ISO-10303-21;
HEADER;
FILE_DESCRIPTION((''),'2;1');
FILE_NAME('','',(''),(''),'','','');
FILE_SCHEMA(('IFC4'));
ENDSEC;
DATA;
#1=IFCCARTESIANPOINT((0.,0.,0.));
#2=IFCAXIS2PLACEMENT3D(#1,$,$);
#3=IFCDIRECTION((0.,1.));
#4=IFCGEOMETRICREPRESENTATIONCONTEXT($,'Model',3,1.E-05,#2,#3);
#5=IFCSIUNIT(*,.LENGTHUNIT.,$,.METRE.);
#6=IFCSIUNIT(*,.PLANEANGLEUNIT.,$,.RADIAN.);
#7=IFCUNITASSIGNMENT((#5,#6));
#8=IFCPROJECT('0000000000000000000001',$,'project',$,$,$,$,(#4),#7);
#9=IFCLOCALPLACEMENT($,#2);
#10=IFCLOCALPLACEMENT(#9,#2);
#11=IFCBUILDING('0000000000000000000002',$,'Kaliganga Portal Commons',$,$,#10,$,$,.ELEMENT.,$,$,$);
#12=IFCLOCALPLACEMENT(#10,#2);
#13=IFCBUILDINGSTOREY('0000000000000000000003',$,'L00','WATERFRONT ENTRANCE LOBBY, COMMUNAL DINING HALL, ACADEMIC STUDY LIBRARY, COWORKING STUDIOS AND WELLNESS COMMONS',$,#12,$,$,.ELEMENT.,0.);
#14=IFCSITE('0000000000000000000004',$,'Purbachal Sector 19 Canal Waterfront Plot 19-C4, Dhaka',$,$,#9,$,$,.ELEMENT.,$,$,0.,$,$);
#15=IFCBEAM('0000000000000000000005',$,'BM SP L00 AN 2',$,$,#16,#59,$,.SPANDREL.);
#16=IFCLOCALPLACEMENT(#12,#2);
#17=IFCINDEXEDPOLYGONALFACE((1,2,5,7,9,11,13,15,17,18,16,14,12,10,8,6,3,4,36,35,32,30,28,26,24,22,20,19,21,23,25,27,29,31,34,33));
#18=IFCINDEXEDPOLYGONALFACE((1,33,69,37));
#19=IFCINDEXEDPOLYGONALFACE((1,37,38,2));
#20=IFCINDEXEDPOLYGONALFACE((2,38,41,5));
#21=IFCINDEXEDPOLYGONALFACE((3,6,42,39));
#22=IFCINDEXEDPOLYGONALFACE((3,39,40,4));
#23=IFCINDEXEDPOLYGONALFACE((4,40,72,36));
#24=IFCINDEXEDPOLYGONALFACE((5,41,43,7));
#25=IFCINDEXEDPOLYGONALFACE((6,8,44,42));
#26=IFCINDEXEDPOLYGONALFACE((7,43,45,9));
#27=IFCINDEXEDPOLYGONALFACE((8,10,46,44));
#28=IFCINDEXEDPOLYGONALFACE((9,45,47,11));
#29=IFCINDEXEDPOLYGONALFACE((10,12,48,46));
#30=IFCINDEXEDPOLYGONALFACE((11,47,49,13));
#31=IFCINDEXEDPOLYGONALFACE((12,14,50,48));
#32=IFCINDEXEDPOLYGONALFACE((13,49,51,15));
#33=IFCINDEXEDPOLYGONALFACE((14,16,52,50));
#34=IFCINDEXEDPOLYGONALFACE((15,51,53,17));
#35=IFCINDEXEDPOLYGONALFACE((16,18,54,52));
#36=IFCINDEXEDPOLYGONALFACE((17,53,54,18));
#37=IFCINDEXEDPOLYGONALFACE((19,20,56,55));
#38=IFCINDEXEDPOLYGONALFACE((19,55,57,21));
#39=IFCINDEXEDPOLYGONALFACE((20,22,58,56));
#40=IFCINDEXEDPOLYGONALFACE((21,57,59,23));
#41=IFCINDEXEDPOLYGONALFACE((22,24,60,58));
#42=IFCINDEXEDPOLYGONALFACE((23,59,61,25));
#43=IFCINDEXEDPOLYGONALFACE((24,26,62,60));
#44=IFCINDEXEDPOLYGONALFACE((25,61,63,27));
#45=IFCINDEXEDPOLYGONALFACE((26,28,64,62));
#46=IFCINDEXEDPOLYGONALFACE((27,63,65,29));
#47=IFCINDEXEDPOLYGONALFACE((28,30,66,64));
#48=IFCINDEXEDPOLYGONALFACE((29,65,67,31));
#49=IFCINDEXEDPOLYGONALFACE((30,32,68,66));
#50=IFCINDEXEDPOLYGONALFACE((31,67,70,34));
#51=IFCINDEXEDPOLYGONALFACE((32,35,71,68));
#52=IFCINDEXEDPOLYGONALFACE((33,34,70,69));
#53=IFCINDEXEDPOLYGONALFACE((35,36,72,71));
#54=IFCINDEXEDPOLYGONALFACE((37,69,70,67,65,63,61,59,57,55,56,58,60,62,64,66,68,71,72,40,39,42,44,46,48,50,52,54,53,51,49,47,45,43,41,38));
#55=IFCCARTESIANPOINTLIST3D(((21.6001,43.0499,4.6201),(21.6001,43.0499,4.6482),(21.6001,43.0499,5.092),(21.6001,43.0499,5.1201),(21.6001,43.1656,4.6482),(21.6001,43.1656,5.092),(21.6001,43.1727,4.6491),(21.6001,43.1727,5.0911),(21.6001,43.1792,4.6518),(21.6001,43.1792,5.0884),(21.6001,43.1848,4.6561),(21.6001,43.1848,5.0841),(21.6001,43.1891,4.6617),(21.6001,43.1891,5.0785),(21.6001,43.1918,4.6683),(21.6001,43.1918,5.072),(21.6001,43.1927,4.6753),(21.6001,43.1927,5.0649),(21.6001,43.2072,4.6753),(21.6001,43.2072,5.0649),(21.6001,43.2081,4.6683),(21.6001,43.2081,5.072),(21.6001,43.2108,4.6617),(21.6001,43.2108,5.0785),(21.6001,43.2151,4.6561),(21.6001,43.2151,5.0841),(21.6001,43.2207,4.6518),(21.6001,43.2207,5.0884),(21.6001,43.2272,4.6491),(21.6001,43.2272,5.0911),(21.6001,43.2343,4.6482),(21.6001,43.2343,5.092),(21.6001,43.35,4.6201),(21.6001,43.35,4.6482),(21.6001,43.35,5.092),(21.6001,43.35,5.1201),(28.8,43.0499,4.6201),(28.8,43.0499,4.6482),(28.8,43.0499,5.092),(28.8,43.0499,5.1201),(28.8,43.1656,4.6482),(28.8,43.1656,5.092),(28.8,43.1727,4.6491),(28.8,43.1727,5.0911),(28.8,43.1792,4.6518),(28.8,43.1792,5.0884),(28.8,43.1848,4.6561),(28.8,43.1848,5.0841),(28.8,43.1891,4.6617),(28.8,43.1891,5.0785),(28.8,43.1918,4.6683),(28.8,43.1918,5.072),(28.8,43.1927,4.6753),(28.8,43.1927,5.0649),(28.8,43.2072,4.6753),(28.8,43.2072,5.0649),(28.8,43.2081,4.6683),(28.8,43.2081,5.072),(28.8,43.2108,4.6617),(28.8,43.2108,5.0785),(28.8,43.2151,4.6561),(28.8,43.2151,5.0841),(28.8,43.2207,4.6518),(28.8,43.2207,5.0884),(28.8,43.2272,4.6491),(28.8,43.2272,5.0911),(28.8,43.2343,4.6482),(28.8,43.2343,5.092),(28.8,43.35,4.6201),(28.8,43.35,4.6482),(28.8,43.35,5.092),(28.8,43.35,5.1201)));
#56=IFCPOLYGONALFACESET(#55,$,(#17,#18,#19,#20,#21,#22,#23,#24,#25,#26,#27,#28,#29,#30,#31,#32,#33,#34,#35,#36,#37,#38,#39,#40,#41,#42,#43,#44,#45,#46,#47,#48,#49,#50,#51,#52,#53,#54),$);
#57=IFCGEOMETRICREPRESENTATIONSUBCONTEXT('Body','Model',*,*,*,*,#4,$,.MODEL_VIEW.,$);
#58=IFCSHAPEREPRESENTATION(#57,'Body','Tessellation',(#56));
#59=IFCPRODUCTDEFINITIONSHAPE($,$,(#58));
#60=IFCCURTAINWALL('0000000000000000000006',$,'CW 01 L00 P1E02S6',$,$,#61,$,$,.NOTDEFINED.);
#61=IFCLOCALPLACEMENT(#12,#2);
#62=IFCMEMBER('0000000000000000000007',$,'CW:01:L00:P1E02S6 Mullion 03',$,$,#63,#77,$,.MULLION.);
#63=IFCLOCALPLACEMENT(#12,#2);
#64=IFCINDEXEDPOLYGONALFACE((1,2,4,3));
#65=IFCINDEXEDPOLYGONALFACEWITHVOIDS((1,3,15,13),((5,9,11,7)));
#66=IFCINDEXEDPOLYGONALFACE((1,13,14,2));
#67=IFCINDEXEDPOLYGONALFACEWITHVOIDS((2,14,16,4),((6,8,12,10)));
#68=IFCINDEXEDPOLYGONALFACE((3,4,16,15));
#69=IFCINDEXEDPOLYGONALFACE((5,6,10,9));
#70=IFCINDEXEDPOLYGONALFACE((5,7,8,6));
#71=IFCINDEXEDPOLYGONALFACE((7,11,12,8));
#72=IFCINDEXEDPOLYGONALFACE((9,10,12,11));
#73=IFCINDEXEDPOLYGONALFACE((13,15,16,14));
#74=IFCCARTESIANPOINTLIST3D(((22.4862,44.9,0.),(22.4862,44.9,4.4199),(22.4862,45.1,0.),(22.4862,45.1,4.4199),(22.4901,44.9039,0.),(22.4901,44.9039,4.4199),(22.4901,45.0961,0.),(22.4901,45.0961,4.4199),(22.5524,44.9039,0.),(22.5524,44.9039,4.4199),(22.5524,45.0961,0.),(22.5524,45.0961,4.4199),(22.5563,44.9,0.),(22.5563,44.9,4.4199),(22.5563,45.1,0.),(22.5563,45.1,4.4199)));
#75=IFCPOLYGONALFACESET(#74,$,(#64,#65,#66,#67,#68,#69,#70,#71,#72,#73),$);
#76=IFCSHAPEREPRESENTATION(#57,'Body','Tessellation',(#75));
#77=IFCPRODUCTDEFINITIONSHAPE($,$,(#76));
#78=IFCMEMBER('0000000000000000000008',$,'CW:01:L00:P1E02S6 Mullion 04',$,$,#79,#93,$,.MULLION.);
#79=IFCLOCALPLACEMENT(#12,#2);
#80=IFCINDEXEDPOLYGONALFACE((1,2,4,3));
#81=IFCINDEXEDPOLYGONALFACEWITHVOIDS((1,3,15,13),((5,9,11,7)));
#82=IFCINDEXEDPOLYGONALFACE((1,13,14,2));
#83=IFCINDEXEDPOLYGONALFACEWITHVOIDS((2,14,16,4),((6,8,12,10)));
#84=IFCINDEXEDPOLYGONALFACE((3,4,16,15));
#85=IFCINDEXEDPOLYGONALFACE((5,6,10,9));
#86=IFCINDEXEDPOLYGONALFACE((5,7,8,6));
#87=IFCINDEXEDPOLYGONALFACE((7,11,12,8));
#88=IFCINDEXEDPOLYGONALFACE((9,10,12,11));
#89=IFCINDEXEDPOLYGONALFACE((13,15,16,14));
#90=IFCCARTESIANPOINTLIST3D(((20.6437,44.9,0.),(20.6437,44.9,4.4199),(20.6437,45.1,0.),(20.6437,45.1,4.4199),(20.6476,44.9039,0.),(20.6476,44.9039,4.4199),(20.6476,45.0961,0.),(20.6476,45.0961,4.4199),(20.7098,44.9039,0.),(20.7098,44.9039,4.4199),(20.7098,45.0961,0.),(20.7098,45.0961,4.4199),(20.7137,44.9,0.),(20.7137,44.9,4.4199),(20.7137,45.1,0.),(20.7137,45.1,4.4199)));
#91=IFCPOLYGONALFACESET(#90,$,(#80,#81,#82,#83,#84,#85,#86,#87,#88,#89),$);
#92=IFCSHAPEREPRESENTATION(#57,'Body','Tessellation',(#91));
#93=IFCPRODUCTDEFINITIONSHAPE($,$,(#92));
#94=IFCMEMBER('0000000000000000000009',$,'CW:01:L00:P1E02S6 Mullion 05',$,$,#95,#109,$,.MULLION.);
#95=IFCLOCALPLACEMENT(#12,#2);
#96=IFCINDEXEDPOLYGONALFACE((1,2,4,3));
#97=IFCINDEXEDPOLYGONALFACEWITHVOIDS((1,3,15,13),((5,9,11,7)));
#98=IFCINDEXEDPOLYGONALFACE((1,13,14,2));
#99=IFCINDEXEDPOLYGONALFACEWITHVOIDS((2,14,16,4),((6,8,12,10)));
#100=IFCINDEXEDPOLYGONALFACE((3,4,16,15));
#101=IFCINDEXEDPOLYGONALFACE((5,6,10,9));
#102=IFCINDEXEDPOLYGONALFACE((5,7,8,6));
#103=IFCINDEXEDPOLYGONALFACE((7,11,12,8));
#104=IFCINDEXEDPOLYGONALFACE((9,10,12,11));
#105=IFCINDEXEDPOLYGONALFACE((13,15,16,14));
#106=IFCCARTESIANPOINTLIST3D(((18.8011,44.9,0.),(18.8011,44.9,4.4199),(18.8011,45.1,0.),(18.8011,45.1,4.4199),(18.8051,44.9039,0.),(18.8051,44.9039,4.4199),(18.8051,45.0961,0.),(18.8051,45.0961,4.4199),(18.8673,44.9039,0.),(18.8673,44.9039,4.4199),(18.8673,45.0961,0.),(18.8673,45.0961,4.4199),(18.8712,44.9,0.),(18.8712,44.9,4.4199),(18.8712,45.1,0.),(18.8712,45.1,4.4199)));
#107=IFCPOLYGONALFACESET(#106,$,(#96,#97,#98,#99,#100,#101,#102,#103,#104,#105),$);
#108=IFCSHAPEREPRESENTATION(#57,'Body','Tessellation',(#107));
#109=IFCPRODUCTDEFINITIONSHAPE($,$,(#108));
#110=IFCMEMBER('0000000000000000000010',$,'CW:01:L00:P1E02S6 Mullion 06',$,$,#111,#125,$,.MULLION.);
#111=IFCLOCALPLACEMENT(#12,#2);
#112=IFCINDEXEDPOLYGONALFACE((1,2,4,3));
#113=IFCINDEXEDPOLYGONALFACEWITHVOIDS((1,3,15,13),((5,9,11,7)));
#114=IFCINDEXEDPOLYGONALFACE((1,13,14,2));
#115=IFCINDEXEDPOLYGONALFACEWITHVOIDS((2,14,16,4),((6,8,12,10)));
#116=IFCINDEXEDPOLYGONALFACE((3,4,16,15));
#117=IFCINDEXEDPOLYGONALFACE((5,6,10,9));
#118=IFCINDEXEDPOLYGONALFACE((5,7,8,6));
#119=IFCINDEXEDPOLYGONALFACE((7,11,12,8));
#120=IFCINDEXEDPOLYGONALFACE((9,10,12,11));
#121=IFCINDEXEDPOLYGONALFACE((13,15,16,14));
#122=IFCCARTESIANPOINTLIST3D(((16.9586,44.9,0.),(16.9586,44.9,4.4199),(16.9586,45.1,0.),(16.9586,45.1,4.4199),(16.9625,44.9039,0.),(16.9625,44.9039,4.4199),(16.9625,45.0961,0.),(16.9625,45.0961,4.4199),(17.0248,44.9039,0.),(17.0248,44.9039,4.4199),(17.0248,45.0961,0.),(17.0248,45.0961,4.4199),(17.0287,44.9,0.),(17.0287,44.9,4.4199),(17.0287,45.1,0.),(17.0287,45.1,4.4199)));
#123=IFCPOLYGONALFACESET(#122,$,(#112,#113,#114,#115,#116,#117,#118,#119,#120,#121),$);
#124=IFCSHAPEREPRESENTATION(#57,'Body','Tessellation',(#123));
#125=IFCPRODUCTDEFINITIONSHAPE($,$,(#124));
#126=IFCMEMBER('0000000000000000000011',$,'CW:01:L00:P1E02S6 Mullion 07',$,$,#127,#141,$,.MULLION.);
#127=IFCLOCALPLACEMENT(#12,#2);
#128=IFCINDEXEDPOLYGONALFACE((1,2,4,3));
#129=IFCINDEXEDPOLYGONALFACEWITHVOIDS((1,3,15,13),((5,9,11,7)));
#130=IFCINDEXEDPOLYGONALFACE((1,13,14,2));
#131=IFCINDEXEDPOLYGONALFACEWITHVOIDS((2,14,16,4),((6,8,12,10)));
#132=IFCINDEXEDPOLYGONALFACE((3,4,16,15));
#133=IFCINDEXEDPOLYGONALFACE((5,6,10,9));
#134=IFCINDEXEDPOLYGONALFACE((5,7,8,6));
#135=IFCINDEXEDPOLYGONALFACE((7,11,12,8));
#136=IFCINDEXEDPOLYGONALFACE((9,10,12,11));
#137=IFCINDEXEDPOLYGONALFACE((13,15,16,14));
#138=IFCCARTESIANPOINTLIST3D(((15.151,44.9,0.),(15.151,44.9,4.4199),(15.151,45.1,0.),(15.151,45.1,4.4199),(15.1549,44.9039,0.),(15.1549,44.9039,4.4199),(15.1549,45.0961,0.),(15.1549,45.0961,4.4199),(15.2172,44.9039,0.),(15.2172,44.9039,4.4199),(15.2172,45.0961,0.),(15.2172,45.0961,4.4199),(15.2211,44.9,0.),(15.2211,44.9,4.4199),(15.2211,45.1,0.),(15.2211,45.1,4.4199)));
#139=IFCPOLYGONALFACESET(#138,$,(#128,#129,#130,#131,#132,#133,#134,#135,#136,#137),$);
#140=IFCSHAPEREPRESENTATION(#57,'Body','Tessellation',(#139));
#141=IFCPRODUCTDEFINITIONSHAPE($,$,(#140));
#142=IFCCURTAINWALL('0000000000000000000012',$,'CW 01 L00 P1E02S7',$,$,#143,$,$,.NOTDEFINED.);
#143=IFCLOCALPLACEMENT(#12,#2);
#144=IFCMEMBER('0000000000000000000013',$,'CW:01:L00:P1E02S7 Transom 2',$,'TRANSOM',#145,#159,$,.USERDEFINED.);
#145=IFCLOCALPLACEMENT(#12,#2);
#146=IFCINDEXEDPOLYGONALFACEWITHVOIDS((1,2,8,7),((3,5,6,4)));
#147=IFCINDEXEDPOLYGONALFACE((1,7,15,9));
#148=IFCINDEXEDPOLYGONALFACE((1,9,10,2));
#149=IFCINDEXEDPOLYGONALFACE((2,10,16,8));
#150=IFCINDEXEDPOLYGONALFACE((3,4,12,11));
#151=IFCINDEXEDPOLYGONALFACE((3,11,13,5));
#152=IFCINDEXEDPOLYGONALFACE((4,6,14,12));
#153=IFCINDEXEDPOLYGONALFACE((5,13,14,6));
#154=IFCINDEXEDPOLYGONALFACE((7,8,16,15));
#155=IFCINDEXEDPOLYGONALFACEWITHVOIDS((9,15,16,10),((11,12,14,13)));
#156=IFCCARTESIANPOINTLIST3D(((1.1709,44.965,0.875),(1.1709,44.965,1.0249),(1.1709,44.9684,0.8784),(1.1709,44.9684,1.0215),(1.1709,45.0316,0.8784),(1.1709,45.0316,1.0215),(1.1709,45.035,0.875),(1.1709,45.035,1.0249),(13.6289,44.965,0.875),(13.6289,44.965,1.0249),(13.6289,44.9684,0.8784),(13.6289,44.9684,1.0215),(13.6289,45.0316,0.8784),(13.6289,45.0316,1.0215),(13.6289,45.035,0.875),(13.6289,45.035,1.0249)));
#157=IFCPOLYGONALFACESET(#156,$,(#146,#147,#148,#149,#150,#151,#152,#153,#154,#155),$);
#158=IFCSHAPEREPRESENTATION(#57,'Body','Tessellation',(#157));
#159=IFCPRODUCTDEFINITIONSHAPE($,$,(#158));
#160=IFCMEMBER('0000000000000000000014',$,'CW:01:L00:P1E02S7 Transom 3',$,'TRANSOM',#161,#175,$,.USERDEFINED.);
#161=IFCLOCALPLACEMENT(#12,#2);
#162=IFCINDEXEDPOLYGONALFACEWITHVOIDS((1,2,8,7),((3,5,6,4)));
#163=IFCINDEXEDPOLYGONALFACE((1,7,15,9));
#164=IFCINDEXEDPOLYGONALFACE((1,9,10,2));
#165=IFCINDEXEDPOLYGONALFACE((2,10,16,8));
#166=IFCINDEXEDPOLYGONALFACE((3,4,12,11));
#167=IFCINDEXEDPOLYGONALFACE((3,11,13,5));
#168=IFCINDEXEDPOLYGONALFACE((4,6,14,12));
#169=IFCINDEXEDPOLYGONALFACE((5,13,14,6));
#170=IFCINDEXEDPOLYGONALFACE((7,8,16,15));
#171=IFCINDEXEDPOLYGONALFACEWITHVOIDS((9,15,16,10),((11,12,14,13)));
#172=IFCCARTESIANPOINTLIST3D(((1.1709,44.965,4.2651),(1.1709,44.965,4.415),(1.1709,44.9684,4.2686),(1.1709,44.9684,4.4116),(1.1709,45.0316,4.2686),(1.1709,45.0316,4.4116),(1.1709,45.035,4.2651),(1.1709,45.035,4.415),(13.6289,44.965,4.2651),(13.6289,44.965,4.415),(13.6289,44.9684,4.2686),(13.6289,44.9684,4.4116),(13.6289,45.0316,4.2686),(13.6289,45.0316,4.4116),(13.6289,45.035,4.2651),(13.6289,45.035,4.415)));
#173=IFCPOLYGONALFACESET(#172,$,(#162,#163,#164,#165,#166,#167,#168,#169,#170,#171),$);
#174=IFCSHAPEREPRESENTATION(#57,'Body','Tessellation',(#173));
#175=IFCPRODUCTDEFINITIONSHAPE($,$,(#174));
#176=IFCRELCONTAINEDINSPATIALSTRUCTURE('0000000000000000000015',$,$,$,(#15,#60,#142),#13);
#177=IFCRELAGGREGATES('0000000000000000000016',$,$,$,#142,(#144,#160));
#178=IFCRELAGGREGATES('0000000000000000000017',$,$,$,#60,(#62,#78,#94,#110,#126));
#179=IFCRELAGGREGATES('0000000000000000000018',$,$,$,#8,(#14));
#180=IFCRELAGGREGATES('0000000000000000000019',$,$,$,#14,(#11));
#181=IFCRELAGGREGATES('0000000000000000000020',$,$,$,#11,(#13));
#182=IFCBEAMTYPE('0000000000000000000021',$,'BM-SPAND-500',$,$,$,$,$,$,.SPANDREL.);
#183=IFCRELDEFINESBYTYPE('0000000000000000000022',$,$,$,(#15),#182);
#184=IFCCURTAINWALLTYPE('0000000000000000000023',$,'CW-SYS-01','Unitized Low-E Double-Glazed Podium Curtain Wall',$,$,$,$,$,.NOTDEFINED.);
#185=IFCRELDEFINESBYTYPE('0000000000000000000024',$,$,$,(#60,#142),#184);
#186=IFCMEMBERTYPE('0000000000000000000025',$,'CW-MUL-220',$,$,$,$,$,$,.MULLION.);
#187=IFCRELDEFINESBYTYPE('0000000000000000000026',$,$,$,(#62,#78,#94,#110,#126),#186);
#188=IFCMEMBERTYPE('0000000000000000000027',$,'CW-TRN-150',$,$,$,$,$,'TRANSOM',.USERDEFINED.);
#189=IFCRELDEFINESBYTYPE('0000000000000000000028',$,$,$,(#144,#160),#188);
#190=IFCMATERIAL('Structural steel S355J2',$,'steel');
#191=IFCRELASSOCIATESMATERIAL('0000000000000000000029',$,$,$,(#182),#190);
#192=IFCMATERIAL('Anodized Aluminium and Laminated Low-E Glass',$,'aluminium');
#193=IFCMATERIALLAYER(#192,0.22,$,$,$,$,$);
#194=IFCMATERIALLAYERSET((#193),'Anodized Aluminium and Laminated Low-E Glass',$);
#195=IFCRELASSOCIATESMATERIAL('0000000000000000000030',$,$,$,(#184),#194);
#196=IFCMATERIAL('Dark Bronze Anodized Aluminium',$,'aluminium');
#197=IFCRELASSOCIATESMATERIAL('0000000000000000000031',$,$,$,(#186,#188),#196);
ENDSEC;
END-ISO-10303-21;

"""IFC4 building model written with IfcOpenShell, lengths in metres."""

from ifc_helpers import new_model, si_unit, direction, frame, origin, origin_2d, place, context, subcontext, project, spatial, hollow_rectangle, i_section, extrude, source, transform, mapped, material, layer, layer_set, material_profile, profile_set, type_object, element, aggregate, save


model = new_model("IFC4")

# Units and contexts
model_context = context("Model", 3, precision=1e-05, world=origin(), true_north=direction((0.0, 1.0)))
body_context = subcontext(model_context, "Body", "Model", "MODEL_VIEW")
ifc_project = project(units=[si_unit("LENGTHUNIT", "METRE"), si_unit("PLANEANGLEUNIT", "RADIAN")], contexts=[model_context])

# Site, building, storey
site_placement = place(None, origin())
site = spatial("IfcSite", under=ifc_project, at=site_placement, Name="Purbachal Sector 19 Canal Waterfront Plot 19-C4, Dhaka", CompositionType="ELEMENT", RefElevation=0.0)
building_placement = place(site_placement, origin())
building = spatial("IfcBuilding", under=site, at=building_placement, Name="Kaliganga Portal Commons", CompositionType="ELEMENT")
storey_placement = place(building_placement, origin())
storey = spatial("IfcBuildingStorey", under=building, at=storey_placement, Name="L00", Description="WATERFRONT ENTRANCE LOBBY, COMMUNAL DINING HALL, ACADEMIC STUDY LIBRARY, COWORKING STUDIOS AND WELLNESS COMMONS", CompositionType="ELEMENT", Elevation=0.0)

# Beam
ifc_material_1 = material(Name="Structural steel S355J2", Category="steel")
ifc_material_profile_1 = material_profile(ifc_material_1, i_section(OverallWidth=0.3, OverallDepth=0.5, WebThickness=0.0144, FlangeThickness=0.0281, FilletRadius=0.0271, at=origin_2d()), Name="HE 500 B")
ifc_profile_set_1 = profile_set([ifc_material_profile_1], Name="Structural steel S355J2 wide-flange")
beam_type_1 = type_object("IfcBeamType", Name="BM-SPAND-500", PredefinedType="SPANDREL", material=ifc_profile_set_1)
shared_shape_1 = source(origin(), body_context, "Body", "SweptSolid", [
    extrude(i_section(OverallWidth=0.3, OverallDepth=0.5, WebThickness=0.0144, FlangeThickness=0.0281, FilletRadius=0.0271, at=origin_2d()), origin(), (0.0, 0.0, 1.0), 7.2),
])
beam_1_placement = place(storey_placement, frame((21.6001, 43.2, 4.8701), z_axis=(1.0, 0.0, 0.0), x_axis=(0.0, 1.0, 0.0)))
element("IfcBeam", 1, at=beam_1_placement, inside=storey, type_object=beam_type_1, Name="BM SP L00 AN 2", PredefinedType="SPANDREL", context=body_context, shape_type="MappedRepresentation", body=[
    mapped(shared_shape_1, transform((0.0, 0.0, 0.0), x_axis=(1.0, 0.0, 0.0), y_axis=(0.0, 1.0, 0.0), z_axis=(0.0, 0.0, 1.0), scale=1.0)),
])

# Curtain walls, members
ifc_material_2 = material(Name="Anodized Aluminium and Laminated Low-E Glass", Category="aluminium")
ifc_layer_1 = layer(ifc_material_2, 0.22)
ifc_layer_set_1 = layer_set([ifc_layer_1], Name="Anodized Aluminium and Laminated Low-E Glass")
curtain_wall_type = type_object("IfcCurtainWallType", Name="CW-SYS-01", Description="Unitized Low-E Double-Glazed Podium Curtain Wall", PredefinedType="NOTDEFINED", material=ifc_layer_set_1)
curtain_wall_1_placement = place(storey_placement, origin())
curtain_wall_1 = element("IfcCurtainWall", 2, at=curtain_wall_1_placement, inside=storey, type_object=curtain_wall_type, Name="CW 01 L00 P1E02S6", PredefinedType="NOTDEFINED")
ifc_material_3 = material(Name="Dark Bronze Anodized Aluminium", Category="aluminium")
ifc_material_profile_2 = material_profile(ifc_material_3, hollow_rectangle(XDim=0.0701, YDim=0.2, WallThickness=0.0039, at=origin_2d()), Name="ALU MULL 70x200x4")
ifc_profile_set_2 = profile_set([ifc_material_profile_2], Name="Dark Bronze Anodized Aluminium")
member_type_1 = type_object("IfcMemberType", Name="CW-MUL-220", PredefinedType="MULLION", material=ifc_profile_set_2)
shared_shape_2 = source(origin(), body_context, "Body", "SweptSolid", [
    extrude(hollow_rectangle(XDim=0.0701, YDim=0.2, WallThickness=0.0039, at=origin_2d()), origin(), (0.0, 0.0, 1.0), 4.4199),
])
member_1_placement = place(storey_placement, frame((22.5212, 45.0, 0.0), z_axis=(0.0, 0.0, 1.0), x_axis=(-1.0, 0.0, 0.0)))
member_1 = element("IfcMember", 3, at=member_1_placement, type_object=member_type_1, Name="CW:01:L00:P1E02S6 Mullion 03", PredefinedType="MULLION", context=body_context, shape_type="MappedRepresentation", body=[
    mapped(shared_shape_2, transform((0.0, 0.0, 0.0), x_axis=(1.0, 0.0, 0.0), y_axis=(0.0, 1.0, 0.0), z_axis=(0.0, 0.0, 1.0), scale=1.0)),
])
member_2_placement = place(storey_placement, frame((20.6787, 45.0, 0.0), z_axis=(0.0, 0.0, 1.0), x_axis=(-1.0, 0.0, 0.0)))
member_2 = element("IfcMember", 4, at=member_2_placement, type_object=member_type_1, Name="CW:01:L00:P1E02S6 Mullion 04", PredefinedType="MULLION", context=body_context, shape_type="MappedRepresentation", body=[
    mapped(shared_shape_2, transform((0.0, 0.0, 0.0), x_axis=(1.0, 0.0, 0.0), y_axis=(0.0, 1.0, 0.0), z_axis=(0.0, 0.0, 1.0), scale=1.0)),
])
member_3_placement = place(storey_placement, frame((18.8362, 45.0, 0.0), z_axis=(0.0, 0.0, 1.0), x_axis=(-1.0, 0.0, 0.0)))
member_3 = element("IfcMember", 5, at=member_3_placement, type_object=member_type_1, Name="CW:01:L00:P1E02S6 Mullion 05", PredefinedType="MULLION", context=body_context, shape_type="MappedRepresentation", body=[
    mapped(shared_shape_2, transform((0.0, 0.0, 0.0), x_axis=(1.0, 0.0, 0.0), y_axis=(0.0, 1.0, 0.0), z_axis=(0.0, 0.0, 1.0), scale=1.0)),
])
member_4_placement = place(storey_placement, frame((16.9937, 45.0, 0.0), z_axis=(0.0, 0.0, 1.0), x_axis=(-1.0, 0.0, 0.0)))
member_4 = element("IfcMember", 6, at=member_4_placement, type_object=member_type_1, Name="CW:01:L00:P1E02S6 Mullion 06", PredefinedType="MULLION", context=body_context, shape_type="MappedRepresentation", body=[
    mapped(shared_shape_2, transform((0.0, 0.0, 0.0), x_axis=(1.0, 0.0, 0.0), y_axis=(0.0, 1.0, 0.0), z_axis=(0.0, 0.0, 1.0), scale=1.0)),
])
member_5_placement = place(storey_placement, frame((15.186, 45.0, 0.0), z_axis=(0.0, 0.0, 1.0), x_axis=(-1.0, 0.0, 0.0)))
member_5 = element("IfcMember", 7, at=member_5_placement, type_object=member_type_1, Name="CW:01:L00:P1E02S6 Mullion 07", PredefinedType="MULLION", context=body_context, shape_type="MappedRepresentation", body=[
    mapped(shared_shape_2, transform((0.0, 0.0, 0.0), x_axis=(1.0, 0.0, 0.0), y_axis=(0.0, 1.0, 0.0), z_axis=(0.0, 0.0, 1.0), scale=1.0)),
])
curtain_wall_2_placement = place(storey_placement, origin())
curtain_wall_2 = element("IfcCurtainWall", 8, at=curtain_wall_2_placement, inside=storey, type_object=curtain_wall_type, Name="CW 01 L00 P1E02S7", PredefinedType="NOTDEFINED")
ifc_material_profile_3 = material_profile(ifc_material_3, hollow_rectangle(XDim=0.0701, YDim=0.1499, WallThickness=0.0034, at=origin_2d()), Name="ALU TRAN 70x150x3.5")
ifc_profile_set_3 = profile_set([ifc_material_profile_3], Name="Dark Bronze Anodized Aluminium")
member_type_2 = type_object("IfcMemberType", Name="CW-TRN-150", ElementType="TRANSOM", PredefinedType="USERDEFINED", material=ifc_profile_set_3)
shared_shape_3 = source(origin(), body_context, "Body", "SweptSolid", [
    extrude(hollow_rectangle(XDim=0.0701, YDim=0.1499, WallThickness=0.0034, at=origin_2d()), origin(), (0.0, 0.0, 1.0), 12.458),
])
member_6_placement = place(storey_placement, frame((13.6289, 45.0, 0.95), z_axis=(-1.0, 0.0, 0.0), x_axis=(0.0, -1.0, 0.0)))
member_6 = element("IfcMember", 9, at=member_6_placement, type_object=member_type_2, Name="CW:01:L00:P1E02S7 Transom 2", ObjectType="TRANSOM", PredefinedType="USERDEFINED", context=body_context, shape_type="MappedRepresentation", body=[
    mapped(shared_shape_3, transform((0.0, 0.0, 0.0), x_axis=(1.0, 0.0, 0.0), y_axis=(0.0, 1.0, 0.0), z_axis=(0.0, 0.0, 1.0), scale=1.0)),
])
member_7_placement = place(storey_placement, frame((13.6289, 45.0, 4.3401), z_axis=(-1.0, 0.0, 0.0), x_axis=(0.0, -1.0, 0.0)))
member_7 = element("IfcMember", 10, at=member_7_placement, type_object=member_type_2, Name="CW:01:L00:P1E02S7 Transom 3", ObjectType="TRANSOM", PredefinedType="USERDEFINED", context=body_context, shape_type="MappedRepresentation", body=[
    mapped(shared_shape_3, transform((0.0, 0.0, 0.0), x_axis=(1.0, 0.0, 0.0), y_axis=(0.0, 1.0, 0.0), z_axis=(0.0, 0.0, 1.0), scale=1.0)),
])
aggregate(curtain_wall_2, [member_6, member_7])

aggregate(curtain_wall_1, [member_1, member_2, member_3, member_4, member_5])

save(model, "model.ifc")
